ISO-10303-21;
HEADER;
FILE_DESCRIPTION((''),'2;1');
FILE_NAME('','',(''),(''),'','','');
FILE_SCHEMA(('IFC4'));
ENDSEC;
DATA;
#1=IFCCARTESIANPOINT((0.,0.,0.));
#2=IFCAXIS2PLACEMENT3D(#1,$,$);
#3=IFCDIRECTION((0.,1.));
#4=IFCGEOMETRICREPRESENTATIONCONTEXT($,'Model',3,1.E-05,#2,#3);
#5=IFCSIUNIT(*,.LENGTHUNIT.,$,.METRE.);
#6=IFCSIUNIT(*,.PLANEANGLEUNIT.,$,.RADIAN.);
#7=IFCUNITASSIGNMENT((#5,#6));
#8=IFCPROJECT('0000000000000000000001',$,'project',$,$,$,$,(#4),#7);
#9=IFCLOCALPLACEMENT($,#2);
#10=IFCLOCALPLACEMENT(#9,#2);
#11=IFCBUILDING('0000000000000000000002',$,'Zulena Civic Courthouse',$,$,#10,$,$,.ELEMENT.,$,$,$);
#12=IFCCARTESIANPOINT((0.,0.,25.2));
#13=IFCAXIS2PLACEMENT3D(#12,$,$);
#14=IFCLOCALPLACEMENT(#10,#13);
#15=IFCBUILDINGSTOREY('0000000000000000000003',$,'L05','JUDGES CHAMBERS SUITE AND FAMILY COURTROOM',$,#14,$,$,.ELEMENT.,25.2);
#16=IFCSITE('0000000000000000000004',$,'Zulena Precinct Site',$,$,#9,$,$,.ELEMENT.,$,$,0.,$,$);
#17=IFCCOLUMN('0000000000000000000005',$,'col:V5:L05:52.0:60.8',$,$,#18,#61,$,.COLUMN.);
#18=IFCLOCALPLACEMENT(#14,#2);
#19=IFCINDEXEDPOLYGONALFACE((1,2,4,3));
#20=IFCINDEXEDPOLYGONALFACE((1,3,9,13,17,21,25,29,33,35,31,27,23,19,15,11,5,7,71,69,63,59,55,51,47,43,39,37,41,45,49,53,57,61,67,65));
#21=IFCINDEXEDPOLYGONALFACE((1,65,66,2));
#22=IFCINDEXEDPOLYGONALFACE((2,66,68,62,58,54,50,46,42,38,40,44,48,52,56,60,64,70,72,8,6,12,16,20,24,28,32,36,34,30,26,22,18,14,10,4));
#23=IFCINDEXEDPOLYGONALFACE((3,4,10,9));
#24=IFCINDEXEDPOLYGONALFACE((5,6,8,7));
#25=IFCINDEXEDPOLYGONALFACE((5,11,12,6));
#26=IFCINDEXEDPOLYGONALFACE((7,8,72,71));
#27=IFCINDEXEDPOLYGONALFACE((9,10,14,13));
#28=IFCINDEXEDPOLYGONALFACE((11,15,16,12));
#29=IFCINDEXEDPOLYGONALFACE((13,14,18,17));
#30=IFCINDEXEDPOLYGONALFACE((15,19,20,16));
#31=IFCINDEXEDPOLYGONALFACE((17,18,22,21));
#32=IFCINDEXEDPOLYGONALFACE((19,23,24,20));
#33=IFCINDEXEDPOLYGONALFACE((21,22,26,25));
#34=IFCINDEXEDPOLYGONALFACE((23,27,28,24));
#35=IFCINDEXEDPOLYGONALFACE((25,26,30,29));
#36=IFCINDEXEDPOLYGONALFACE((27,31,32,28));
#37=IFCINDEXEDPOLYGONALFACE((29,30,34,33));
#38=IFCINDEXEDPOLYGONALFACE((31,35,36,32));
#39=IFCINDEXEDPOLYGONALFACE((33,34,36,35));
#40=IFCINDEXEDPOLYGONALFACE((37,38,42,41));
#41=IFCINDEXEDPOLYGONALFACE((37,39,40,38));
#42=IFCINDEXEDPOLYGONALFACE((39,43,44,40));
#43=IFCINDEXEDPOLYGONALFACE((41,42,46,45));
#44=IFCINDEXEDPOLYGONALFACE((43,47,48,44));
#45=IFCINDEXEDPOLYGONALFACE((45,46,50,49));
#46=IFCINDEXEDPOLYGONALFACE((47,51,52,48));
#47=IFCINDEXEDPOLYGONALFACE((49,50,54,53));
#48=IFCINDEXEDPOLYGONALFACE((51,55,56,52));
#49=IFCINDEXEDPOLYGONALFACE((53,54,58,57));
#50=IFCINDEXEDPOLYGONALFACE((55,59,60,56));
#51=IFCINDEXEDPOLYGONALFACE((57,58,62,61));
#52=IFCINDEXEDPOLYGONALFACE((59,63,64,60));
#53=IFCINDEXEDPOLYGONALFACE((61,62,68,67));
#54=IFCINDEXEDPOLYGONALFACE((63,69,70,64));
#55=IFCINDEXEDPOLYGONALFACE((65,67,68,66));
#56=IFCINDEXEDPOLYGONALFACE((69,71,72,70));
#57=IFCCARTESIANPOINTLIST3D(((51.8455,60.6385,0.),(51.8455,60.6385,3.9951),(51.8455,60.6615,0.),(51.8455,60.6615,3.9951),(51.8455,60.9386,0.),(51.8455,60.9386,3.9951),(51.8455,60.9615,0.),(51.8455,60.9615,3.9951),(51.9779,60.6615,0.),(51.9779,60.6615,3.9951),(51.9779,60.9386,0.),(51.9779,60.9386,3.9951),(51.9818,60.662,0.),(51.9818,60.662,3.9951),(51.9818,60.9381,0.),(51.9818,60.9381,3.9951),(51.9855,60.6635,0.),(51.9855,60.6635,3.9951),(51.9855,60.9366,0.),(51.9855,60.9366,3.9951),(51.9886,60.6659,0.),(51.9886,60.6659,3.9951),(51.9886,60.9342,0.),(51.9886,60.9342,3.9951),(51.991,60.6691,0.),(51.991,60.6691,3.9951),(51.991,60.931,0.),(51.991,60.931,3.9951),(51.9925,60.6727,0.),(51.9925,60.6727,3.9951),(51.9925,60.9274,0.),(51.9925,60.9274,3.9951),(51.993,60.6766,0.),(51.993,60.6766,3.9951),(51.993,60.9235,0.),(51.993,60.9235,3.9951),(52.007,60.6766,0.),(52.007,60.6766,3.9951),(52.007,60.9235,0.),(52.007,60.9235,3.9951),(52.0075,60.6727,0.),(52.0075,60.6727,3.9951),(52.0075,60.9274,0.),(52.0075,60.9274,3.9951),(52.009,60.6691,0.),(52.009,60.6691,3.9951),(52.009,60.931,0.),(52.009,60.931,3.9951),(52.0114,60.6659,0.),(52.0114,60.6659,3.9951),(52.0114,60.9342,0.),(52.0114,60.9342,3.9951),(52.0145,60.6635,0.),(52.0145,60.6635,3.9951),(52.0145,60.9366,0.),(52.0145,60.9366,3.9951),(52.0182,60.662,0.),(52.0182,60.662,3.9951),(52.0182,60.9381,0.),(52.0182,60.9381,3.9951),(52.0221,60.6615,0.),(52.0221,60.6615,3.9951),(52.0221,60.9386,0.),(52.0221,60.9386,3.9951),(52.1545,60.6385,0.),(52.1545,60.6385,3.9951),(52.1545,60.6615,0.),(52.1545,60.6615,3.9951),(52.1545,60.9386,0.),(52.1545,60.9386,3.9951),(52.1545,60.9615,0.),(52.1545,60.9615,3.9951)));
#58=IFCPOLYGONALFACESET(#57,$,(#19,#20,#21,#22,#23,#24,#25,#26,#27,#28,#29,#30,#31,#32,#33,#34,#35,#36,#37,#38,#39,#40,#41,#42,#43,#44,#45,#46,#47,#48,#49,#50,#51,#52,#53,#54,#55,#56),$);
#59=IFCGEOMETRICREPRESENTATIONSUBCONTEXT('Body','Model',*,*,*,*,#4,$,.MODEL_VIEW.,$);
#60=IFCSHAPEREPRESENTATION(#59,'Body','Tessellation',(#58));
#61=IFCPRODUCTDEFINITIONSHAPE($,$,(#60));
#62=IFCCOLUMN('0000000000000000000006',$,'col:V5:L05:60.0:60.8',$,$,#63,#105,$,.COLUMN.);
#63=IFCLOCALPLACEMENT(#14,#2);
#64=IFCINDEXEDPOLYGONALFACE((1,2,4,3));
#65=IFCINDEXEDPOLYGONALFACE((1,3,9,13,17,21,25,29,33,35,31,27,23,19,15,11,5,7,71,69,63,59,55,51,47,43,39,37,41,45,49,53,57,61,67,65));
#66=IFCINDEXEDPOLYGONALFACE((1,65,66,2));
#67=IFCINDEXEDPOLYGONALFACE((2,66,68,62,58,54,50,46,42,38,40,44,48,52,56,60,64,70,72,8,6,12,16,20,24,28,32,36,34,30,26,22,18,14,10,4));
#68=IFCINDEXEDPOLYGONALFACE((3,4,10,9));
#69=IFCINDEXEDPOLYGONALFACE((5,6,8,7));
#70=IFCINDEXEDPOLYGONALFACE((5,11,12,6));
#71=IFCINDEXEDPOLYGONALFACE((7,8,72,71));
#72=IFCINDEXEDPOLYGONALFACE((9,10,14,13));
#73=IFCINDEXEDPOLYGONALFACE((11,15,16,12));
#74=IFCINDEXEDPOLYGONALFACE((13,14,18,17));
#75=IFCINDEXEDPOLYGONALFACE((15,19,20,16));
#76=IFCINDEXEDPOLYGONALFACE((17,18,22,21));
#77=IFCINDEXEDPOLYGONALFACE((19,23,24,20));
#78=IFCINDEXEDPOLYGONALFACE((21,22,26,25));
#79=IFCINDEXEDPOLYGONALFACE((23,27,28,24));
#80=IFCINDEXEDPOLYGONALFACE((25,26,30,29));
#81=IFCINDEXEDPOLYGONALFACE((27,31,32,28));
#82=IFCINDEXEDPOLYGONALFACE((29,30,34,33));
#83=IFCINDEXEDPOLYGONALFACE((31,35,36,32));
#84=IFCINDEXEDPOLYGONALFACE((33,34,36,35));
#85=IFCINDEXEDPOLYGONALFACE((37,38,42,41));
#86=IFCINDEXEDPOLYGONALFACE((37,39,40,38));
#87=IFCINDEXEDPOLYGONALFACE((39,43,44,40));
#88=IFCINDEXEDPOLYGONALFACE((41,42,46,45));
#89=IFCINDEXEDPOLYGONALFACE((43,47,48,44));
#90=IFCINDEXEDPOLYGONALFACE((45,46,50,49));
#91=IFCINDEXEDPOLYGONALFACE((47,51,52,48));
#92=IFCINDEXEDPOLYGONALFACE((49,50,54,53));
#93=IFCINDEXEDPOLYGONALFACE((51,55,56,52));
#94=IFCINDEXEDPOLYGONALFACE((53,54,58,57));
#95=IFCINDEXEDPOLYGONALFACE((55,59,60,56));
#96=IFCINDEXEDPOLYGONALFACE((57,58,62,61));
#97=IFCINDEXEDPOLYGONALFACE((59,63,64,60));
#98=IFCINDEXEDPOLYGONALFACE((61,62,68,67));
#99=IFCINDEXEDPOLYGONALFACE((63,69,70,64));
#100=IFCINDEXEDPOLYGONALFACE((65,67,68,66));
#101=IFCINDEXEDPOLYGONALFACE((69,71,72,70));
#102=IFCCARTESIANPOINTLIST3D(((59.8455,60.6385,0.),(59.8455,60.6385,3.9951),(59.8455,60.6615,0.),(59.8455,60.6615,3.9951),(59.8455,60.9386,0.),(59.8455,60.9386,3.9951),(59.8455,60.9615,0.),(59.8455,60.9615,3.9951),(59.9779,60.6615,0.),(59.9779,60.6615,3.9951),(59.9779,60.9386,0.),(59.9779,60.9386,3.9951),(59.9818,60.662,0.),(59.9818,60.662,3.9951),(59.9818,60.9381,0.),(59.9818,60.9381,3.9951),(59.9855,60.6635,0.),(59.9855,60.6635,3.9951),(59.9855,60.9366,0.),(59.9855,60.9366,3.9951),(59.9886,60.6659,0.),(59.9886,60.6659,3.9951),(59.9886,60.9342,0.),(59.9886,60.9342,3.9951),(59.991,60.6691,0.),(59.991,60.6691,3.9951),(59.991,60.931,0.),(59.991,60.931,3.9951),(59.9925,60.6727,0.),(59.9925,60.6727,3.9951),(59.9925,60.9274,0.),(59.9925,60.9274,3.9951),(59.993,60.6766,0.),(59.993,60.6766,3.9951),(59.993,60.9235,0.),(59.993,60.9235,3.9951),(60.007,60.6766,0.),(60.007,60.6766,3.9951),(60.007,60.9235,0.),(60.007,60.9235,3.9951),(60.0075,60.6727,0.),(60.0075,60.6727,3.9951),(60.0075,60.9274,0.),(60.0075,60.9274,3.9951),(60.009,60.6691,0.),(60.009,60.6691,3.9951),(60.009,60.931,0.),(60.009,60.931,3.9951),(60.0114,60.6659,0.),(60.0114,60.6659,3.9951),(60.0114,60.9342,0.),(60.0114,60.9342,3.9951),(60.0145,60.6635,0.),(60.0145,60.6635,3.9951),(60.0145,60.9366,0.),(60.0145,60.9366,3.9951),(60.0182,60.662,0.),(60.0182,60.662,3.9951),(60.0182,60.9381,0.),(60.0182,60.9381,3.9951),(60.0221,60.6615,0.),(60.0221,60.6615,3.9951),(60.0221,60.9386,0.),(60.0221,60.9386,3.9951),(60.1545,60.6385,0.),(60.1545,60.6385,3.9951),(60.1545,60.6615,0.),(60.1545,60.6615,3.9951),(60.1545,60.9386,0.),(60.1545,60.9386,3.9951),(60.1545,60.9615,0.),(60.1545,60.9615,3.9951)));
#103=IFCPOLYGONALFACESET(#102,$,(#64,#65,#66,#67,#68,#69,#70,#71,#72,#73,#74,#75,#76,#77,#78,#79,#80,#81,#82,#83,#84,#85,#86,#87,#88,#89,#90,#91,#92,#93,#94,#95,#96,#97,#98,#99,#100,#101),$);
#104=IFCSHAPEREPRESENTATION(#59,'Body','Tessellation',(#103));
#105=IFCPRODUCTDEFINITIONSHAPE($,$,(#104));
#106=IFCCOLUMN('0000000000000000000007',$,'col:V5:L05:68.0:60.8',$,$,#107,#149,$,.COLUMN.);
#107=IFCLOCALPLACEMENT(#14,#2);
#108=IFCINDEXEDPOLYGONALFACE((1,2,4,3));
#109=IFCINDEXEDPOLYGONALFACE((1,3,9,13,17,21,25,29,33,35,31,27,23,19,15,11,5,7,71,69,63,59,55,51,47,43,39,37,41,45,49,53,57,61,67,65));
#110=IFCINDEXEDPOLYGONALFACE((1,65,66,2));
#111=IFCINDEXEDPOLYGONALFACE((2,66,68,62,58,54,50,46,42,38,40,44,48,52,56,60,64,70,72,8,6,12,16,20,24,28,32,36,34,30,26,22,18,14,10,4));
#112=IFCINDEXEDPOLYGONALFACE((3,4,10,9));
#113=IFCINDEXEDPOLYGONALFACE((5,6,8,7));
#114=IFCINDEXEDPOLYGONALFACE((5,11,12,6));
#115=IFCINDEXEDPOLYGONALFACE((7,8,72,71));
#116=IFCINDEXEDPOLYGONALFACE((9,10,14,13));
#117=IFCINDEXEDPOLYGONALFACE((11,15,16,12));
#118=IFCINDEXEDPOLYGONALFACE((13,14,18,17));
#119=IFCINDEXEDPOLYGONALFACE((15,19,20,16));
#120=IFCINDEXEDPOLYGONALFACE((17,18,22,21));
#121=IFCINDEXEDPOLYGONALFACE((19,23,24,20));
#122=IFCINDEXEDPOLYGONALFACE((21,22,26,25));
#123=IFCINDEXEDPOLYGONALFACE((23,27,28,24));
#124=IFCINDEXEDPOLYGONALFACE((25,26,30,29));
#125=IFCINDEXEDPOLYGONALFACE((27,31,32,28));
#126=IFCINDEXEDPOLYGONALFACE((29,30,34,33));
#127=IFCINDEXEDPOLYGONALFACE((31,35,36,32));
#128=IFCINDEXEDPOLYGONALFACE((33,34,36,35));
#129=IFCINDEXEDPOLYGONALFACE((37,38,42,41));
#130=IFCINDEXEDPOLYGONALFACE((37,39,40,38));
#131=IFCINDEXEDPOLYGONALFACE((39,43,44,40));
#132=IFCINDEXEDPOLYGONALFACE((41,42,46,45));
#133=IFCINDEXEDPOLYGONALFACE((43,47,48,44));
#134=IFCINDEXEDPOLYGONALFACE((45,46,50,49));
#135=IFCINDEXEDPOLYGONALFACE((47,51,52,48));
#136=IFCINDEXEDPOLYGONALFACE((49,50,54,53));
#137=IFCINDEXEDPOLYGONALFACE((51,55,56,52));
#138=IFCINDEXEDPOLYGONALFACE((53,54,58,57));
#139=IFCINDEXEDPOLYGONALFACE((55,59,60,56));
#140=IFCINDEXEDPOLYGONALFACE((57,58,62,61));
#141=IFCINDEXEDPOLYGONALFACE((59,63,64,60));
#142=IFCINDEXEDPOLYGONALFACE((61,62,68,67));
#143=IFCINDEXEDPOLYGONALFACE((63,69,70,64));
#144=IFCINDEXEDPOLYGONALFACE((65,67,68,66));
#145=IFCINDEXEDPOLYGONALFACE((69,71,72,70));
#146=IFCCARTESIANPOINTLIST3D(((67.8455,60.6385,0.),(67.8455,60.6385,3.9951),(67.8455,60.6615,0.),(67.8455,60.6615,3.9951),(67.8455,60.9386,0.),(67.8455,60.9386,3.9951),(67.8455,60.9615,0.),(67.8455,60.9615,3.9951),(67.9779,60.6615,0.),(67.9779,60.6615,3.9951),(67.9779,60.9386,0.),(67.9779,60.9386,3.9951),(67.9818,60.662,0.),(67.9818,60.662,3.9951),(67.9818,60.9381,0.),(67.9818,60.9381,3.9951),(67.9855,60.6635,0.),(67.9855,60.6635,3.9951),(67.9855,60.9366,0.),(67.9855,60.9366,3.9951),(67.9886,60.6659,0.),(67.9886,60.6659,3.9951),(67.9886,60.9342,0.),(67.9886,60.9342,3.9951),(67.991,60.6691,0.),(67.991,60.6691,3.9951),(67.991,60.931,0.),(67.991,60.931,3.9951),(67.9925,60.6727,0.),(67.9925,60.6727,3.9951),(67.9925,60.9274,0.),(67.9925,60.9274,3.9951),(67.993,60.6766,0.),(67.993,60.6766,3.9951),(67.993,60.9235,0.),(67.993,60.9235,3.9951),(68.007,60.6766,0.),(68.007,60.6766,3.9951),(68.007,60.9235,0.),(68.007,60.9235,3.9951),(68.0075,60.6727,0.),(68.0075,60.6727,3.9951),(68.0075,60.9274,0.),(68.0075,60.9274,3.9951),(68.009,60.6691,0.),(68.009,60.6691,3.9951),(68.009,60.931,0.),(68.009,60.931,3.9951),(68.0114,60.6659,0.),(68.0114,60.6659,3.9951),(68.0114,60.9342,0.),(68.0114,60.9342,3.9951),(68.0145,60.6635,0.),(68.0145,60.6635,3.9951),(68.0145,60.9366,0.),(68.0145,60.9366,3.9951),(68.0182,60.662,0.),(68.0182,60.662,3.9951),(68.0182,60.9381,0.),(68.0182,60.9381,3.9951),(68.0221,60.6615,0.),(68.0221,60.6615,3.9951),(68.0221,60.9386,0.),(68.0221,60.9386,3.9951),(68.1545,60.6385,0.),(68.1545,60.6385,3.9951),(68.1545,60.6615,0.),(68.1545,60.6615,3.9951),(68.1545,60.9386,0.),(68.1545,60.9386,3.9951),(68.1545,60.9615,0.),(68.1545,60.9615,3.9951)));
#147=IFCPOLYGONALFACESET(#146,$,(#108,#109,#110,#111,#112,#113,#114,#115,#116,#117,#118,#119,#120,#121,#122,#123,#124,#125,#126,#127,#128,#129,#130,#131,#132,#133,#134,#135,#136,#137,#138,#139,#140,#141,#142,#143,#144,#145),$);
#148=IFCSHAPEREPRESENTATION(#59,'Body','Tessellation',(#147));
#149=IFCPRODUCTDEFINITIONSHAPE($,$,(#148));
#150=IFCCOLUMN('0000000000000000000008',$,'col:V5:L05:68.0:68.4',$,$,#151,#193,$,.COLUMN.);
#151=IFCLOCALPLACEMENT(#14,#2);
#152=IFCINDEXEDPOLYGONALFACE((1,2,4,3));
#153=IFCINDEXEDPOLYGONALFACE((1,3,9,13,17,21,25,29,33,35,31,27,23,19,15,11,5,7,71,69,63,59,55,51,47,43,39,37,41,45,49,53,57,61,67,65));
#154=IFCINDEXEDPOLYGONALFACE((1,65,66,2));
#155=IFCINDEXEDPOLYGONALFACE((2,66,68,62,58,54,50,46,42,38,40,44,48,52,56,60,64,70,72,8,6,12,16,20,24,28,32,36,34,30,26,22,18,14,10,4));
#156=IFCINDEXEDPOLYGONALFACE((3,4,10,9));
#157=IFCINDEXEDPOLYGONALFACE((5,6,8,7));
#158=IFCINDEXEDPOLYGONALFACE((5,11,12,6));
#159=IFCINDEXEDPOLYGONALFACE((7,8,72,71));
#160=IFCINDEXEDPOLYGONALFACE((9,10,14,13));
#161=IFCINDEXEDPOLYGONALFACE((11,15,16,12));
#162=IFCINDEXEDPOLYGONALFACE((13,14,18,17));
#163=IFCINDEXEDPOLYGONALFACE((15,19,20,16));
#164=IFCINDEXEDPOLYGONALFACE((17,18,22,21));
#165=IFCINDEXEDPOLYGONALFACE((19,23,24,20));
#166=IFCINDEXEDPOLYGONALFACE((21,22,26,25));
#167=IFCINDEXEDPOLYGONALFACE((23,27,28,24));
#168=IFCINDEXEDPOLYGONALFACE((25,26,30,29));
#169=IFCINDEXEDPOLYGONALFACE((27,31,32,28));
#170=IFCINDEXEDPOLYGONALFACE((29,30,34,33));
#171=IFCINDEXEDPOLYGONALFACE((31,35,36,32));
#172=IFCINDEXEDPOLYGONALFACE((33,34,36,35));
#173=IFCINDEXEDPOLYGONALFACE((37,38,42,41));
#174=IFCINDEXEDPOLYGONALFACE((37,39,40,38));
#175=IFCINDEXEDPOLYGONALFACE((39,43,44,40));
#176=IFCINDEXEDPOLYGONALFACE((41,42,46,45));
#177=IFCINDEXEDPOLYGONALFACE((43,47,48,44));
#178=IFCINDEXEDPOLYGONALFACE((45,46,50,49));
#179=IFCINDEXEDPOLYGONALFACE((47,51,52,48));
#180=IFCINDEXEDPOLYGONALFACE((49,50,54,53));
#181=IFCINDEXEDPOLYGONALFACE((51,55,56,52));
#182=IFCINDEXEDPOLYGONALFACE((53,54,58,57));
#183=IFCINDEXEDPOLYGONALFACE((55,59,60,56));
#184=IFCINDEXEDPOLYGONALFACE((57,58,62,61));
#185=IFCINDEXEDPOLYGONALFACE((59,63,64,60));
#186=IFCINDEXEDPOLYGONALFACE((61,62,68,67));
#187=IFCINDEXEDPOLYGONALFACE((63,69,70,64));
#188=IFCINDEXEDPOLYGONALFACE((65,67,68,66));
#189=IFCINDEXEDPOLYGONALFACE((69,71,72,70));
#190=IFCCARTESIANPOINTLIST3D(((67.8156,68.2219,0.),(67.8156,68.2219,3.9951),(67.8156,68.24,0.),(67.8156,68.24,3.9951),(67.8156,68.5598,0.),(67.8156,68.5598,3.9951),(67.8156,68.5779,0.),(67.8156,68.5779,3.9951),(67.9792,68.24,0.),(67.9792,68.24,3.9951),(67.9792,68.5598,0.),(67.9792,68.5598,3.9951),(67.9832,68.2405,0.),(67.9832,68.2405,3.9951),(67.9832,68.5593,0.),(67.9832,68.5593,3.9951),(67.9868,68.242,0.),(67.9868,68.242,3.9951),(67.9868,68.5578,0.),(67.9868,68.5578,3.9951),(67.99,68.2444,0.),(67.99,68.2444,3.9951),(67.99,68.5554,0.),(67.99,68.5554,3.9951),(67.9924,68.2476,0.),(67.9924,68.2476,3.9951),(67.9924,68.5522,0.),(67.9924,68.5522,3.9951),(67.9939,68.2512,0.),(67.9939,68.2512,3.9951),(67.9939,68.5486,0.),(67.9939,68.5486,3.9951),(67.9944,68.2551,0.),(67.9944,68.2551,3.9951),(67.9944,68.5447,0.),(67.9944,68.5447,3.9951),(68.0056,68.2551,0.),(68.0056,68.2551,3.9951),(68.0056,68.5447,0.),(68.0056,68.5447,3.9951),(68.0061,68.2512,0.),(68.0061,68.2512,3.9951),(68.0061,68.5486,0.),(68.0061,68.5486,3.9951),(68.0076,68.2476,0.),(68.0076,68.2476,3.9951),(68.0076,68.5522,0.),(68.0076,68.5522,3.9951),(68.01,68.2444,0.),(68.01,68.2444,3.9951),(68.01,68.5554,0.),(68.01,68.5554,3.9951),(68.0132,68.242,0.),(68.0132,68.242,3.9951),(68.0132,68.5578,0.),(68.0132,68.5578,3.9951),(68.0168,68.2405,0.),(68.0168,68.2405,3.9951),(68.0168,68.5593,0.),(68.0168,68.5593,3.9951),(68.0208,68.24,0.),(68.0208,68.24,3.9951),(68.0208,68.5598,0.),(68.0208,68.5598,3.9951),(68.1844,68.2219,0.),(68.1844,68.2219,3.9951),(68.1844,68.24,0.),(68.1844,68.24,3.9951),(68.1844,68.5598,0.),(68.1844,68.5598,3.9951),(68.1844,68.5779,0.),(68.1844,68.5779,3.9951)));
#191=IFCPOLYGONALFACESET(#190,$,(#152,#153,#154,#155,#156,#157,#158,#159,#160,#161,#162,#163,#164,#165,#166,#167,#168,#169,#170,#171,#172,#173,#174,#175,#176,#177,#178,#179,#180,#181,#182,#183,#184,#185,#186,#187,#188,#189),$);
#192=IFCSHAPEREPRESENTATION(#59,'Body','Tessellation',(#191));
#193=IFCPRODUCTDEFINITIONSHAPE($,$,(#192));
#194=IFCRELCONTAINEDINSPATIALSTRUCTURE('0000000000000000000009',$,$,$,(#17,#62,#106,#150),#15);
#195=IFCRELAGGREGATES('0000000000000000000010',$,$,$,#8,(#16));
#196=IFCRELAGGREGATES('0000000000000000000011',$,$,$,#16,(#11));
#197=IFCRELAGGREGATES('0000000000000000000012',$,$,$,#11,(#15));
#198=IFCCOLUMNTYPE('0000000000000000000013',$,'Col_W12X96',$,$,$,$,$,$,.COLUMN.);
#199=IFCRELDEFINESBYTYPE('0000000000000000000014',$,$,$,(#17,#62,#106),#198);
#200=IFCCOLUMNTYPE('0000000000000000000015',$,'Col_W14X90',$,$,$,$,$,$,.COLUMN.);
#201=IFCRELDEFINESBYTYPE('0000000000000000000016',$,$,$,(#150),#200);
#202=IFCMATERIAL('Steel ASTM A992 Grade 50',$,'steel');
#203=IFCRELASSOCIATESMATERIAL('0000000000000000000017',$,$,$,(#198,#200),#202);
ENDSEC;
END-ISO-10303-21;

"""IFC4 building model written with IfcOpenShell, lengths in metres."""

from ifc_helpers import new_model, si_unit, direction, frame, origin, origin_2d, place, context, subcontext, project, spatial, i_section, extrude, material, material_profile, profile_set, type_object, element, save


model = new_model("IFC4")

# Units and contexts
model_context = context("Model", 3, precision=1e-05, world=origin(), true_north=direction((0.0, 1.0)))
body_context = subcontext(model_context, "Body", "Model", "MODEL_VIEW")
ifc_project = project(units=[si_unit("LENGTHUNIT", "METRE"), si_unit("PLANEANGLEUNIT", "RADIAN")], contexts=[model_context])

# Site, building, storey
site_placement = place(None, origin())
site = spatial("IfcSite", under=ifc_project, at=site_placement, Name="Zulena Precinct Site", CompositionType="ELEMENT", RefElevation=0.0)
building_placement = place(site_placement, origin())
building = spatial("IfcBuilding", under=site, at=building_placement, Name="Zulena Civic Courthouse", CompositionType="ELEMENT")
storey_placement = place(building_placement, frame((0.0, 0.0, 25.2)))
storey = spatial("IfcBuildingStorey", under=building, at=storey_placement, Name="L05", Description="JUDGES CHAMBERS SUITE AND FAMILY COURTROOM", CompositionType="ELEMENT", Elevation=25.2)

# Columns
ifc_material_1 = material(Name="Steel ASTM A992 Grade 50", Category="steel")
ifc_material_profile_1 = material_profile(ifc_material_1, i_section(OverallWidth=0.3091, OverallDepth=0.323, WebThickness=0.0139, FlangeThickness=0.0229, FilletRadius=0.0151, at=origin_2d()), Name="W12X96")
ifc_profile_set_1 = profile_set([ifc_material_profile_1], Name="Steel ASTM A992 Grade 50")
column_type_1 = type_object("IfcColumnType", Name="Col_W12X96", PredefinedType="COLUMN", material=ifc_profile_set_1)
for number, where, z_axis, x_axis, name in (
    (1, (52.0, 60.8, 0.0), (0.0, 0.0, 1.0), (1.0, 0.0, 0.0), "col:V5:L05:52.0:60.8"),
    (2, (60.0, 60.8, 0.0), (0.0, 0.0, 1.0), (1.0, 0.0, 0.0), "col:V5:L05:60.0:60.8"),
    (3, (68.0, 60.8, 0.0), (0.0, 0.0, 1.0), (1.0, 0.0, 0.0), "col:V5:L05:68.0:60.8"),
):
    element("IfcColumn", number, at=place(storey_placement, frame(where, z_axis=z_axis, x_axis=x_axis)), inside=storey, type_object=column_type_1, Name=name, PredefinedType="COLUMN", context=body_context, shape_type="SweptSolid", body=[
        extrude(i_section(OverallWidth=0.3091, OverallDepth=0.323, WebThickness=0.0139, FlangeThickness=0.0229, FilletRadius=0.0151, at=origin_2d()), origin(), (0.0, 0.0, 1.0), 3.9951),
    ])
ifc_material_profile_2 = material_profile(ifc_material_1, i_section(OverallWidth=0.3689, OverallDepth=0.356, WebThickness=0.0112, FlangeThickness=0.0181, FilletRadius=0.0151, at=origin_2d()), Name="W14X90")
ifc_profile_set_2 = profile_set([ifc_material_profile_2], Name="Steel ASTM A992 Grade 50")
column_type_2 = type_object("IfcColumnType", Name="Col_W14X90", PredefinedType="COLUMN", material=ifc_profile_set_2)
for number, where, z_axis, x_axis, name in (
    (4, (68.0, 68.3999, 0.0), (0.0, 0.0, 1.0), (1.0, 0.0, 0.0), "col:V5:L05:68.0:68.4"),
):
    element("IfcColumn", number, at=place(storey_placement, frame(where, z_axis=z_axis, x_axis=x_axis)), inside=storey, type_object=column_type_2, Name=name, PredefinedType="COLUMN", context=body_context, shape_type="SweptSolid", body=[
        extrude(i_section(OverallWidth=0.3689, OverallDepth=0.356, WebThickness=0.0112, FlangeThickness=0.0181, FilletRadius=0.0151, at=origin_2d()), origin(), (0.0, 0.0, 1.0), 3.9951),
    ])

save(model, "model.ifc")
